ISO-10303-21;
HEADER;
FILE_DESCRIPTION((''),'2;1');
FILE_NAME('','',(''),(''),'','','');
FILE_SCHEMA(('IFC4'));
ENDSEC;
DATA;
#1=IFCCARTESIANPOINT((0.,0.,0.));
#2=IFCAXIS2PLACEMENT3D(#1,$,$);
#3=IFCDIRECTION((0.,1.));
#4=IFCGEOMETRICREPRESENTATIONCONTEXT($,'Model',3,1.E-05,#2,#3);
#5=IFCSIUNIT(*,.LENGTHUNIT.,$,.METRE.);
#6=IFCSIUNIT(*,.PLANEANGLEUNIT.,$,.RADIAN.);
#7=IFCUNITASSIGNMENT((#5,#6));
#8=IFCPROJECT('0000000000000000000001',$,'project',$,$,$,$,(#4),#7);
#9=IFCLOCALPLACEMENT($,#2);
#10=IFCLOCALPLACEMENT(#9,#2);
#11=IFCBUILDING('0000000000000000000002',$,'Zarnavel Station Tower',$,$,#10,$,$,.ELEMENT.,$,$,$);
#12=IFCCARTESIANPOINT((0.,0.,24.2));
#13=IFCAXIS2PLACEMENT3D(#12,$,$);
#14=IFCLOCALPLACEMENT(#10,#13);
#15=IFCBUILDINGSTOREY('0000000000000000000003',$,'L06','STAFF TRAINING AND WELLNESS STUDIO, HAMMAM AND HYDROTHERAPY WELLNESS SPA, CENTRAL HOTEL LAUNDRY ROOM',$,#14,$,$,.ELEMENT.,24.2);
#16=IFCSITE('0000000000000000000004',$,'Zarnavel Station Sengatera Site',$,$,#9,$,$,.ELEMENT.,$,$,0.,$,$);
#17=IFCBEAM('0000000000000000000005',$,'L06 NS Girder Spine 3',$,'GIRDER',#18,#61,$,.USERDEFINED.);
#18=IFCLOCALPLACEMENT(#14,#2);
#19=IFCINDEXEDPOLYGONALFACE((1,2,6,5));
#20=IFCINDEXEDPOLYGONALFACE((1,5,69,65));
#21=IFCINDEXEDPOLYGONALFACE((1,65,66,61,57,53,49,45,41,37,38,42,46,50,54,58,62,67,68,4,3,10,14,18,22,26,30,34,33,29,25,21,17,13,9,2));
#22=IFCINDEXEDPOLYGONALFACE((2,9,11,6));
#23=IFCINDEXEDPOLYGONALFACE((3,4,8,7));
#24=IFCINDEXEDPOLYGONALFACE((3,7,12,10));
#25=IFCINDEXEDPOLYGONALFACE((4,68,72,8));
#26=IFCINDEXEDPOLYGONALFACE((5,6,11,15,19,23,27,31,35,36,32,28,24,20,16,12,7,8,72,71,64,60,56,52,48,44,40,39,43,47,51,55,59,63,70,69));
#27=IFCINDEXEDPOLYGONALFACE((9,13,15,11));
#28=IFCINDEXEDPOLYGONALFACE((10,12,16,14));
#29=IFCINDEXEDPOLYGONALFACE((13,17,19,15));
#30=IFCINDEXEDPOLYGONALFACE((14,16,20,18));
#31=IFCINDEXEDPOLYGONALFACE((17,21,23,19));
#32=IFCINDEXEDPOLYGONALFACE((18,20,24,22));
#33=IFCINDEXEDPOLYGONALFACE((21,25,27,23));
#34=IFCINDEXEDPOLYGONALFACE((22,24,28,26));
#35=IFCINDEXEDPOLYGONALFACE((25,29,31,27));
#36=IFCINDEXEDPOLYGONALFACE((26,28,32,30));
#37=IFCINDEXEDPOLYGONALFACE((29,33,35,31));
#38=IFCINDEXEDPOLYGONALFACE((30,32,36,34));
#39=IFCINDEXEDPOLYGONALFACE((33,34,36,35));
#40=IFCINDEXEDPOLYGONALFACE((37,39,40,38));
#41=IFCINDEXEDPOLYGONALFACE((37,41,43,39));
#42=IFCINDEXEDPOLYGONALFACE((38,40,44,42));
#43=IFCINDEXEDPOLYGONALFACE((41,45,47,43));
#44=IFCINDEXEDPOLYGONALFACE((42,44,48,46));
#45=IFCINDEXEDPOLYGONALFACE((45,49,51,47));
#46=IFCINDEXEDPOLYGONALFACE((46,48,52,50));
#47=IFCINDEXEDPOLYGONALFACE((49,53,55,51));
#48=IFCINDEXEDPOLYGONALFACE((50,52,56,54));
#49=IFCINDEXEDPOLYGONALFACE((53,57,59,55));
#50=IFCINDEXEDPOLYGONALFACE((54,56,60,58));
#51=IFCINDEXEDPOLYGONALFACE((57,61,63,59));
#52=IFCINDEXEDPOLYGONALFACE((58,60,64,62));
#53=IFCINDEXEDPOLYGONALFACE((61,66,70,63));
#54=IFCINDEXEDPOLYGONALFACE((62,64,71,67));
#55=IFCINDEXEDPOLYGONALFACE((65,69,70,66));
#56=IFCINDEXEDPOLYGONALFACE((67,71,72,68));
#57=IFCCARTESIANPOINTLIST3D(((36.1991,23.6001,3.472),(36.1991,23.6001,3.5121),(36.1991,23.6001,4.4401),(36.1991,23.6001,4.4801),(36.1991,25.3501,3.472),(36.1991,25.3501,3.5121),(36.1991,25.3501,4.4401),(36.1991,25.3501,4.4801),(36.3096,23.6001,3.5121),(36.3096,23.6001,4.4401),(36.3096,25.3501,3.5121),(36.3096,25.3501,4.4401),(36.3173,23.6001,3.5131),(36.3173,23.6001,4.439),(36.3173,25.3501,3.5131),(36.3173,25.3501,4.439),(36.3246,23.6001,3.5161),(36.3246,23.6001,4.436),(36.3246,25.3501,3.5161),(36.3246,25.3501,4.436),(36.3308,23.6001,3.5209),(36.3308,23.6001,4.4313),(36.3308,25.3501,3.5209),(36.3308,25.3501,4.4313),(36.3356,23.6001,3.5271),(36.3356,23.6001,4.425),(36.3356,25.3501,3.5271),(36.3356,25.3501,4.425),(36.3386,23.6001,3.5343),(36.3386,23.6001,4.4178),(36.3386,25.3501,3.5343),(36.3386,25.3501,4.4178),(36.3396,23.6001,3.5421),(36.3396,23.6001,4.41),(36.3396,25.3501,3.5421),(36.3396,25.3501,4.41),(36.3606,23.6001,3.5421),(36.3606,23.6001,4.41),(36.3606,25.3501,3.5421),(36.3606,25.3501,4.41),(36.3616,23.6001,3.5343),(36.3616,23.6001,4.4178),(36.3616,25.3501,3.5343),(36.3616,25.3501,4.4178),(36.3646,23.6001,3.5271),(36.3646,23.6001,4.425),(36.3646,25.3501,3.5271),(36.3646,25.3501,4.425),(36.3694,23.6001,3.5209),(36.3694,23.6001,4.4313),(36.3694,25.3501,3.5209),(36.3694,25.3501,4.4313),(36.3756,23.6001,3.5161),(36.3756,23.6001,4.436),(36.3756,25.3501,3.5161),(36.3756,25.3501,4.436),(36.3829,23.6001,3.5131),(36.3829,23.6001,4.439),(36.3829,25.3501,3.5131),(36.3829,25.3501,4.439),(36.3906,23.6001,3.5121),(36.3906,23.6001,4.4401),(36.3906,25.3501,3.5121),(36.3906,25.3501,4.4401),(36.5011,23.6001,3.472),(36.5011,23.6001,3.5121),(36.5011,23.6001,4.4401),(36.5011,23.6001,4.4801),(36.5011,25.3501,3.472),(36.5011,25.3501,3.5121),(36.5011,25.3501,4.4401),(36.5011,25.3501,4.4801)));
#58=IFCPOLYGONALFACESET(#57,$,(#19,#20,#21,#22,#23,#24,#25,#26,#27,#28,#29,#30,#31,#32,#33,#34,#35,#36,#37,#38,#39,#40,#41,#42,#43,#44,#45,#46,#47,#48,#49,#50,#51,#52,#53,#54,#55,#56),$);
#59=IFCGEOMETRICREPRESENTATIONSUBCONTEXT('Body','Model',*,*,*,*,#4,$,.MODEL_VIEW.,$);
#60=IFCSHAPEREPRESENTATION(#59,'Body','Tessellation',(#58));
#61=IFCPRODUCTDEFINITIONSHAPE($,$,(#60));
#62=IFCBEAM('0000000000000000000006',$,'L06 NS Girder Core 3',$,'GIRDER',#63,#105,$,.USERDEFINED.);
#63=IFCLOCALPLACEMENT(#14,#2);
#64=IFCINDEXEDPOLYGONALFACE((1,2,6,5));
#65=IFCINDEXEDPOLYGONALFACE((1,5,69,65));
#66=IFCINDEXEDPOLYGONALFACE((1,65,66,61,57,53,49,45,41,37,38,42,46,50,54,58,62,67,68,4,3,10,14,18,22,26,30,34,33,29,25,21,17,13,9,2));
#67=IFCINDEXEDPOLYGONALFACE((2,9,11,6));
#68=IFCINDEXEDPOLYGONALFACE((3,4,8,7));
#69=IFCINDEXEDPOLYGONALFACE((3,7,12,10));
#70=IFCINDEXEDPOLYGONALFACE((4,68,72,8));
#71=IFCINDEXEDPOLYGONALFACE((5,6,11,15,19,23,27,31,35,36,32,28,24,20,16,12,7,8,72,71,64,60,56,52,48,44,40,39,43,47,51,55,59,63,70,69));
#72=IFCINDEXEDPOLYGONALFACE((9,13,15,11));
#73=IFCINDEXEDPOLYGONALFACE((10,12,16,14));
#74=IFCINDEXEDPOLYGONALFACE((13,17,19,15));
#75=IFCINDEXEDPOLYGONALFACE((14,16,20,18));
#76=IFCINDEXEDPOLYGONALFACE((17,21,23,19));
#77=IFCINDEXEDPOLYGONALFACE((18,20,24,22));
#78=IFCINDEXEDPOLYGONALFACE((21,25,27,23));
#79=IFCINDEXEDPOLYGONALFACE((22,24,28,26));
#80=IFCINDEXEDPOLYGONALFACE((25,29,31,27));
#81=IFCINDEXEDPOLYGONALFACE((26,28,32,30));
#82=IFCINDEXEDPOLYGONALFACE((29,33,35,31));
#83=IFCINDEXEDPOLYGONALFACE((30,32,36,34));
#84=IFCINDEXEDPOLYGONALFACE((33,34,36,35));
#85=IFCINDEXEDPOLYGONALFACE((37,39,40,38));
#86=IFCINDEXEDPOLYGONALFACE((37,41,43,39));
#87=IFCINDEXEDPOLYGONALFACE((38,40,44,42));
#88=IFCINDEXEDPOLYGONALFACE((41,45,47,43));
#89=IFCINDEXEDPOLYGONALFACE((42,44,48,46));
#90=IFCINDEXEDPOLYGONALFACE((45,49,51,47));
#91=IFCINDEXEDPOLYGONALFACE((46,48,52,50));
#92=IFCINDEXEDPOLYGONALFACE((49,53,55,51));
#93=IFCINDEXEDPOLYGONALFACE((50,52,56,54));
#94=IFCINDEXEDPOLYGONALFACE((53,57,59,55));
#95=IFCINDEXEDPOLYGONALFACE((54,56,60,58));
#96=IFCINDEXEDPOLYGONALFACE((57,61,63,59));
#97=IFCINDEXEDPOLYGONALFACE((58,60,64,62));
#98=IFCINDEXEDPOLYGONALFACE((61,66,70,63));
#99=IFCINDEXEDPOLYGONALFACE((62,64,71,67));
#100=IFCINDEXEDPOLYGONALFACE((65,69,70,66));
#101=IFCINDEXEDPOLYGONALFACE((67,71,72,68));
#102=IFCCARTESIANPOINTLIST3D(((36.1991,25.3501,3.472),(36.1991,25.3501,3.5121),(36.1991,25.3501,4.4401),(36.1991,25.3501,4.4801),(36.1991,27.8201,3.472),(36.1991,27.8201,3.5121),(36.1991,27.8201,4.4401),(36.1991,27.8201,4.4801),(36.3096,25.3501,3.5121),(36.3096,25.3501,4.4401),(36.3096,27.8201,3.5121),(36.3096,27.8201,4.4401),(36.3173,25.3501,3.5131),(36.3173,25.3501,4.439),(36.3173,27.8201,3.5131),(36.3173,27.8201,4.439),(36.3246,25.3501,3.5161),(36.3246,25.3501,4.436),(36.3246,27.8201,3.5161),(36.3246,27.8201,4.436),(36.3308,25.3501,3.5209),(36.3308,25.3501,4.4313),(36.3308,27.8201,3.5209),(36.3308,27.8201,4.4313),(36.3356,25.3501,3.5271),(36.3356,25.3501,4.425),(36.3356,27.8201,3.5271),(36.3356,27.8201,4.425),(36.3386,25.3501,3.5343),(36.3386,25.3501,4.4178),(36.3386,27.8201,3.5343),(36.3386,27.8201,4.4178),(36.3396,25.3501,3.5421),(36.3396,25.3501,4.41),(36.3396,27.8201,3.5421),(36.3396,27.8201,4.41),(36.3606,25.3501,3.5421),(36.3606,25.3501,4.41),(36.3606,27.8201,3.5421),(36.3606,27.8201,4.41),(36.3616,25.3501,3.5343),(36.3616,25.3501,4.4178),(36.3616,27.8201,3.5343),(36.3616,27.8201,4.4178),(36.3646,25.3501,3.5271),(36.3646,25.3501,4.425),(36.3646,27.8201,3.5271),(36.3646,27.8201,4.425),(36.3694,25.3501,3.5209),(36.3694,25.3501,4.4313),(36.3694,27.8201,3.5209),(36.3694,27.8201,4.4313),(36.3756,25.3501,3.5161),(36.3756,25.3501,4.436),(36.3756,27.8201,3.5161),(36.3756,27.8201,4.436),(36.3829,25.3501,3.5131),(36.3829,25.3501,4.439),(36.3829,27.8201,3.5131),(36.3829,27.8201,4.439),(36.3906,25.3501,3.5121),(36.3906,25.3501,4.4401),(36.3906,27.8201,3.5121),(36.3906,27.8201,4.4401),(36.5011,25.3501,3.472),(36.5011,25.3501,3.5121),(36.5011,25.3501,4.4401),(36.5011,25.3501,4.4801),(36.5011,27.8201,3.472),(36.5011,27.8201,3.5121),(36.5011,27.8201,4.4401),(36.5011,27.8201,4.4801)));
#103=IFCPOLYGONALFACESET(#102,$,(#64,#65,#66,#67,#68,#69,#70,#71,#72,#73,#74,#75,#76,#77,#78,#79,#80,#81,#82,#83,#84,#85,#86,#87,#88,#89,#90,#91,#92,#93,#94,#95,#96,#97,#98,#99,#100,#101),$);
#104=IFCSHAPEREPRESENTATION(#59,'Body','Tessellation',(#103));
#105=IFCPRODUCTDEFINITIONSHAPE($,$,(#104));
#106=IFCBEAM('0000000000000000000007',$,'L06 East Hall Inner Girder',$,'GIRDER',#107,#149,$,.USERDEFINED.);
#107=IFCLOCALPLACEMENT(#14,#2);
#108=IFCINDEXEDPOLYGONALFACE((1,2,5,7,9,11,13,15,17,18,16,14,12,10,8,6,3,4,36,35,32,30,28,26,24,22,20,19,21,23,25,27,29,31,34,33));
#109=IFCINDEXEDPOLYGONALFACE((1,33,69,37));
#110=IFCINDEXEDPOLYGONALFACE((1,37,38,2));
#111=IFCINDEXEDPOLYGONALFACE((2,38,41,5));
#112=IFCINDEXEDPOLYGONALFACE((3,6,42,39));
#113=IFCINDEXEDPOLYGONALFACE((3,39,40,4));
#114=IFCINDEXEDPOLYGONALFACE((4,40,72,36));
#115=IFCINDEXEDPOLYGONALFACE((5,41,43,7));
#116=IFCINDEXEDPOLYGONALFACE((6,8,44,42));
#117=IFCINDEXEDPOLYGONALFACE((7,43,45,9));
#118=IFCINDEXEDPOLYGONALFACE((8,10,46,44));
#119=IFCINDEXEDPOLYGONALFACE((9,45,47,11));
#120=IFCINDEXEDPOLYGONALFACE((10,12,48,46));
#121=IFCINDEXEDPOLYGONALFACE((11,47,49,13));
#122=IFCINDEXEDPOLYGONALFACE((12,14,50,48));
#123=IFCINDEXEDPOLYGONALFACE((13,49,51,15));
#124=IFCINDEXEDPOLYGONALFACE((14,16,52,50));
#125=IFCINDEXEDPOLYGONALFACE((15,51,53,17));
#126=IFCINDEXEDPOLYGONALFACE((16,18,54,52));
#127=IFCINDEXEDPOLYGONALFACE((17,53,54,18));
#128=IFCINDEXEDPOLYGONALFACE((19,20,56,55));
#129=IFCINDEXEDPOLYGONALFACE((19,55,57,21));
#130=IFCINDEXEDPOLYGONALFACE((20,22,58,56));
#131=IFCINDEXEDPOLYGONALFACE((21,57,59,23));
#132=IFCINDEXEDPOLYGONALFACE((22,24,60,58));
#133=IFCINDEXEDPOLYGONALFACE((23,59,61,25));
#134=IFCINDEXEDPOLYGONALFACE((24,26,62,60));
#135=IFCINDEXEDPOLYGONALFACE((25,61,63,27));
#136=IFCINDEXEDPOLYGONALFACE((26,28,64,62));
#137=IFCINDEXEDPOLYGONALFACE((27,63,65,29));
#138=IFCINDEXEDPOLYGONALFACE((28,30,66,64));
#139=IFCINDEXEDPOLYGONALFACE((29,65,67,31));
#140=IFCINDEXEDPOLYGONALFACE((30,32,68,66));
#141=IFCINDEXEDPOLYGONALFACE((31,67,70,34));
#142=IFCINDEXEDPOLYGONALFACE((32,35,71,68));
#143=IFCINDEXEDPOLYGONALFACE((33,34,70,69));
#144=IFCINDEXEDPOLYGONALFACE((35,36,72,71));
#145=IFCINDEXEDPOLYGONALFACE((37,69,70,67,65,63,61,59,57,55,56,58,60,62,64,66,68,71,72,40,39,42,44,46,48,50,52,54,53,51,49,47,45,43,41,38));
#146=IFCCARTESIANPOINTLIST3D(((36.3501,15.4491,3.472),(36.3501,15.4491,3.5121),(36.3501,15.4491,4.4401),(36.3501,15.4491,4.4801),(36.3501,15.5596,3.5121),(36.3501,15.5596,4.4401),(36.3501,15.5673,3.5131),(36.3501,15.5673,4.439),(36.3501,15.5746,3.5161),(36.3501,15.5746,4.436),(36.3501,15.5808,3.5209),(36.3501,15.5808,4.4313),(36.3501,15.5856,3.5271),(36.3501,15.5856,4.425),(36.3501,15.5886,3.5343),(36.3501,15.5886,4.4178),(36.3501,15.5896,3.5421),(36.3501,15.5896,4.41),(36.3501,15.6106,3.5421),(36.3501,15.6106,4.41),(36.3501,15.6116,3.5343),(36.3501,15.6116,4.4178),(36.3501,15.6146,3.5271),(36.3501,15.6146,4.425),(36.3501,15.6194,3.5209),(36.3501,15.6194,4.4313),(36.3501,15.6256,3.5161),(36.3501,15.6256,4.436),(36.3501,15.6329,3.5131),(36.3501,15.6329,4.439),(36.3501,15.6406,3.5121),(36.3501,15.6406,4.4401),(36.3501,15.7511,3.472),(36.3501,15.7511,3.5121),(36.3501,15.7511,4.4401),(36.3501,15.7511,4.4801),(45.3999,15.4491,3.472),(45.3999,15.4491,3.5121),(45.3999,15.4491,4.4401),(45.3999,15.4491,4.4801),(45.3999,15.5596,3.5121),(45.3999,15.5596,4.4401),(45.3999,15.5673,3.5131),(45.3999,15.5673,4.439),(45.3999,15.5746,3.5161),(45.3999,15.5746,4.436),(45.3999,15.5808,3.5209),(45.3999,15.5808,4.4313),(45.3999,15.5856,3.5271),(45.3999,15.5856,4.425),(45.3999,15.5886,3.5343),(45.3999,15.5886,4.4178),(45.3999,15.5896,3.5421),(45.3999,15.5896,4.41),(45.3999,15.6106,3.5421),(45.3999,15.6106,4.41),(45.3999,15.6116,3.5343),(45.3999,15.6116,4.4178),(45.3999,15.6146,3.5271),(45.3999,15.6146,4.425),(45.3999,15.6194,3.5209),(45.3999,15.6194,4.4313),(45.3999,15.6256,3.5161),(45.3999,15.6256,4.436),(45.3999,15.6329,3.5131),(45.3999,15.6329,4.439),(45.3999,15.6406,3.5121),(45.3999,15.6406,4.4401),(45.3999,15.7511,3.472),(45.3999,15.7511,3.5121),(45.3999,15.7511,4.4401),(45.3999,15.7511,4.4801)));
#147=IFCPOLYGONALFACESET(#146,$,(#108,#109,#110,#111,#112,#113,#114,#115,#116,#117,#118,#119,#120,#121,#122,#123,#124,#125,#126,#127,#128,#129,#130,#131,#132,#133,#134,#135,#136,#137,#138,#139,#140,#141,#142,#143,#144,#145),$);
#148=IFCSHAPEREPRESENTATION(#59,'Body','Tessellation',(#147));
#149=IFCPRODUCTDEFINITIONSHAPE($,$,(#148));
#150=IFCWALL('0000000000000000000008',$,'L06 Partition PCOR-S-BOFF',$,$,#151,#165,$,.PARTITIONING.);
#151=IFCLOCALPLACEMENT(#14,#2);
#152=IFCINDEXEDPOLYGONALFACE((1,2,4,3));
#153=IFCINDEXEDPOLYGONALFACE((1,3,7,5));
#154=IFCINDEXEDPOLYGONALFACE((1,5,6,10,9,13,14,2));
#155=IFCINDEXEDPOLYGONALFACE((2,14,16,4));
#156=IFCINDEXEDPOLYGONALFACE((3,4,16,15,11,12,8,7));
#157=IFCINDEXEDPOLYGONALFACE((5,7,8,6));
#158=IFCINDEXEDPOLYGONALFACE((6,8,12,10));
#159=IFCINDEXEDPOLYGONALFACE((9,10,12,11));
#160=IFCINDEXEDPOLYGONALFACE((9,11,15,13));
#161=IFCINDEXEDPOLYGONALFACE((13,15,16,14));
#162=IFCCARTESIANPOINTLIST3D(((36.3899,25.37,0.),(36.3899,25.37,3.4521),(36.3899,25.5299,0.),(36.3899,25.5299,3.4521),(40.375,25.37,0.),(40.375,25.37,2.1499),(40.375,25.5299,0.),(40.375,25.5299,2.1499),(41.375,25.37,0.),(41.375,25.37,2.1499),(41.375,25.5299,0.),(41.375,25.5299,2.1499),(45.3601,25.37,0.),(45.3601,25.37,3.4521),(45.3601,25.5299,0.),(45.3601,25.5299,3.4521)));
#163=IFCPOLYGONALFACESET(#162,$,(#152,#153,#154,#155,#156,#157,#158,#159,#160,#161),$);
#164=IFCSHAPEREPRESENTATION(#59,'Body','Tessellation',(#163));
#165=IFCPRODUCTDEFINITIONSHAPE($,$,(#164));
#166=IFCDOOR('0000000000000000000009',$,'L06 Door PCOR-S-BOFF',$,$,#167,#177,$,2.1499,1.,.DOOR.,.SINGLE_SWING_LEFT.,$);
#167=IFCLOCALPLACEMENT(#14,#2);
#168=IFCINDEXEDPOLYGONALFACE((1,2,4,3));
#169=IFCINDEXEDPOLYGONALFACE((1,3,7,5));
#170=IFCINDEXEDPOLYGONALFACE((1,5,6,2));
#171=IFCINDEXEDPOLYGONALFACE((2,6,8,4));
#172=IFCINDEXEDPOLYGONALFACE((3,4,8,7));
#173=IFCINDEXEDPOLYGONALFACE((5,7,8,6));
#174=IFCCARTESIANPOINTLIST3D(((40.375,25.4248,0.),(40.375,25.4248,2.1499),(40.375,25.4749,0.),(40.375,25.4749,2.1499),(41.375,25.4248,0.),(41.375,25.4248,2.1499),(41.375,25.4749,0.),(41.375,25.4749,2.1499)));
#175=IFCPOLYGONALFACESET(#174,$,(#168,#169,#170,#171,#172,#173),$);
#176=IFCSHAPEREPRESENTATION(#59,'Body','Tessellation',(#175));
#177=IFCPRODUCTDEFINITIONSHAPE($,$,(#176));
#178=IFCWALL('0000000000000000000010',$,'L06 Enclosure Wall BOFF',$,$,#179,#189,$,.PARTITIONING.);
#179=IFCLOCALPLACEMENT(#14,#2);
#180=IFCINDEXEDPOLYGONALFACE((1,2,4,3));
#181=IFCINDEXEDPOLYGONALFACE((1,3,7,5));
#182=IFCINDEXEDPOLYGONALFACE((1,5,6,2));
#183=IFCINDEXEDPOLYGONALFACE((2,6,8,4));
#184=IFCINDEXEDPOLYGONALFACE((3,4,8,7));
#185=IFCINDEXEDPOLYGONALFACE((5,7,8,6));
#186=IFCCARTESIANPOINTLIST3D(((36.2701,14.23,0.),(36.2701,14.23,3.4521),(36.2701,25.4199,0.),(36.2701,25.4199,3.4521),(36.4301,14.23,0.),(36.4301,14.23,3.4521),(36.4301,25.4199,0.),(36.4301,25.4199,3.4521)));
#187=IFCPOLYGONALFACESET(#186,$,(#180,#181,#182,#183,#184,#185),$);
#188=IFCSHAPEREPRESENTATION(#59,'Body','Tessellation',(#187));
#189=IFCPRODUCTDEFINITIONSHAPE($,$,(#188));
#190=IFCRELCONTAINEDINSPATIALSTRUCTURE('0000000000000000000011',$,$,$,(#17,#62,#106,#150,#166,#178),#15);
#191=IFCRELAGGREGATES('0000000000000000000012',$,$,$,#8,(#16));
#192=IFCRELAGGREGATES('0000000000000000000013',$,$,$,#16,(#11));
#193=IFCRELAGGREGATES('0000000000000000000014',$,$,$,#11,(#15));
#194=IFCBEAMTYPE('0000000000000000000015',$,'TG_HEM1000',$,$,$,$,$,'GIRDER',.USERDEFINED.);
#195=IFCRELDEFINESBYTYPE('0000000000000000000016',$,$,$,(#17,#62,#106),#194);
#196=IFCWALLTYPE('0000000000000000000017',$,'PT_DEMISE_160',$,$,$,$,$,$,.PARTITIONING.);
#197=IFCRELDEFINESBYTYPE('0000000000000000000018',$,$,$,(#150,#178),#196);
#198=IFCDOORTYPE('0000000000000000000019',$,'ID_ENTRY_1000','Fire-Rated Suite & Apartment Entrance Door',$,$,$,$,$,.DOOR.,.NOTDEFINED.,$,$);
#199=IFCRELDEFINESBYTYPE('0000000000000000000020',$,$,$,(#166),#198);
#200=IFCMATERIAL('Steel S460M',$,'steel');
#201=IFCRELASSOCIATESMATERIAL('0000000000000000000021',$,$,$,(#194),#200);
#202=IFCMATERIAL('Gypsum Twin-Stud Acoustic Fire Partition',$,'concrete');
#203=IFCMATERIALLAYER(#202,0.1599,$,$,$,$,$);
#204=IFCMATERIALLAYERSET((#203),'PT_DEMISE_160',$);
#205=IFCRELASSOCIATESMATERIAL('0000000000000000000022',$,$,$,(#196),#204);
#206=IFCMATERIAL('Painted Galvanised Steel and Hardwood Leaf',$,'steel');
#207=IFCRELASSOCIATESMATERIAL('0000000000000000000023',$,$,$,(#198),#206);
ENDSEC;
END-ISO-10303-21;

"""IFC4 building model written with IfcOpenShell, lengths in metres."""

from ifc_helpers import new_model, si_unit, direction, frame, frame_2d, origin, origin_2d, place, context, subcontext, project, spatial, rectangle, i_section, extrude, material, layer, layer_set, material_profile, profile_set, type_object, element, fill, save


model = new_model("IFC4")

# Units and contexts
model_context = context("Model", 3, precision=1e-05, world=origin(), true_north=direction((0.0, 1.0)))
body_context = subcontext(model_context, "Body", "Model", "MODEL_VIEW")
ifc_project = project(units=[si_unit("LENGTHUNIT", "METRE"), si_unit("PLANEANGLEUNIT", "RADIAN")], contexts=[model_context])

# Site, building, storey
site_placement = place(None, origin())
site = spatial("IfcSite", under=ifc_project, at=site_placement, Name="Zarnavel Station Sengatera Site", CompositionType="ELEMENT", RefElevation=0.0)
building_placement = place(site_placement, origin())
building = spatial("IfcBuilding", under=site, at=building_placement, Name="Zarnavel Station Tower", CompositionType="ELEMENT")
storey_placement = place(building_placement, frame((0.0, 0.0, 24.2)))
storey = spatial("IfcBuildingStorey", under=building, at=storey_placement, Name="L06", Description="STAFF TRAINING AND WELLNESS STUDIO, HAMMAM AND HYDROTHERAPY WELLNESS SPA, CENTRAL HOTEL LAUNDRY ROOM", CompositionType="ELEMENT", Elevation=24.2)

# Beams
ifc_material_1 = material(Name="Steel S460M", Category="steel")
ifc_material_profile_1 = material_profile(ifc_material_1, i_section(OverallWidth=0.302, OverallDepth=1.0081, WebThickness=0.021, FlangeThickness=0.04, FilletRadius=0.03, at=origin_2d()), Name="HEM1000")
ifc_profile_set_1 = profile_set([ifc_material_profile_1], Name="Steel S460M")
beam_type_1 = type_object("IfcBeamType", Name="TG_HEM1000", ElementType="GIRDER", PredefinedType="USERDEFINED", material=ifc_profile_set_1)
beam_1_placement = place(storey_placement, frame((36.3501, 23.6001, 3.9761), z_axis=(0.0, 1.0, 0.0), x_axis=(-1.0, 0.0, 0.0)))
element("IfcBeam", 1, at=beam_1_placement, inside=storey, type_object=beam_type_1, Name="L06 NS Girder Spine 3", ObjectType="GIRDER", PredefinedType="USERDEFINED", context=body_context, shape_type="SweptSolid", body=[
    extrude(i_section(OverallWidth=0.302, OverallDepth=1.0081, WebThickness=0.021, FlangeThickness=0.04, FilletRadius=0.03, at=origin_2d()), origin(), (0.0, 0.0, 1.0), 1.75),
])
beam_2_placement = place(storey_placement, frame((36.3501, 25.3501, 3.9761), z_axis=(0.0, 1.0, 0.0), x_axis=(-1.0, 0.0, 0.0)))
element("IfcBeam", 2, at=beam_2_placement, inside=storey, type_object=beam_type_1, Name="L06 NS Girder Core 3", ObjectType="GIRDER", PredefinedType="USERDEFINED", context=body_context, shape_type="SweptSolid", body=[
    extrude(i_section(OverallWidth=0.302, OverallDepth=1.0081, WebThickness=0.021, FlangeThickness=0.04, FilletRadius=0.03, at=origin_2d()), origin(), (0.0, 0.0, 1.0), 2.47),
])
beam_3_placement = place(storey_placement, frame((36.3501, 15.6001, 3.9761), z_axis=(1.0, 0.0, 0.0), x_axis=(0.0, 1.0, 0.0)))
element("IfcBeam", 3, at=beam_3_placement, inside=storey, type_object=beam_type_1, Name="L06 East Hall Inner Girder", ObjectType="GIRDER", PredefinedType="USERDEFINED", context=body_context, shape_type="SweptSolid", body=[
    extrude(i_section(OverallWidth=0.302, OverallDepth=1.0081, WebThickness=0.021, FlangeThickness=0.04, FilletRadius=0.03, at=origin_2d()), origin(), (0.0, 0.0, 1.0), 9.0498),
])

# Wall, opening, door
ifc_material_2 = material(Name="Gypsum Twin-Stud Acoustic Fire Partition", Category="concrete")
ifc_layer_1 = layer(ifc_material_2, 0.1599)
ifc_layer_set_1 = layer_set([ifc_layer_1], Name="PT_DEMISE_160")
wall_type_1 = type_object("IfcWallType", Name="PT_DEMISE_160", PredefinedType="PARTITIONING", material=ifc_layer_set_1)
wall_1_placement = place(storey_placement, frame((36.3899, 25.45, 0.0), z_axis=(0.0, 0.0, 1.0), x_axis=(1.0, 0.0, 0.0)))
wall_1 = element("IfcWall", 4, at=wall_1_placement, inside=storey, type_object=wall_type_1, Name="L06 Partition PCOR-S-BOFF", PredefinedType="PARTITIONING", context=body_context, shape_type="SweptSolid", body=[
    extrude(rectangle(XDim=8.9702, YDim=0.1599, at=frame_2d((4.4851, 0.0))), origin(), (0.0, 0.0, 1.0), 3.4521),
])
opening_1_placement = place(wall_1_placement, frame((3.9851, 0.0, 0.0)))
opening_1 = element("IfcOpeningElement", 5, at=opening_1_placement, cuts=wall_1, PredefinedType="OPENING", context=body_context, shape_type="SweptSolid", body=[
    extrude(rectangle(XDim=1.0, YDim=2.1499, at=frame_2d((0.5, 1.075))), frame((0.0, 0.0898, 0.0), z_axis=(0.0, -1.0, 0.0), x_axis=(1.0, 0.0, 0.0)), (0.0, 0.0, 1.0), 0.1799),
])
ifc_material_3 = material(Name="Painted Galvanised Steel and Hardwood Leaf", Category="steel")
door_type_1 = type_object("IfcDoorType", Name="ID_ENTRY_1000", Description="Fire-Rated Suite & Apartment Entrance Door", OperationType="NOTDEFINED", PredefinedType="DOOR", material=ifc_material_3)
door_1_placement = place(opening_1_placement, origin())
door_1 = element("IfcDoor", 6, at=door_1_placement, inside=storey, type_object=door_type_1, Name="L06 Door PCOR-S-BOFF", OperationType="SINGLE_SWING_LEFT", OverallHeight=2.1499, OverallWidth=1.0, PredefinedType="DOOR", context=body_context, shape_type="SweptSolid", body=[
    extrude(rectangle(XDim=1.0, YDim=2.1499, at=frame_2d((0.5, 1.075))), frame((0.0, 0.0249, 0.0), z_axis=(0.0, -1.0, 0.0), x_axis=(1.0, 0.0, 0.0)), (0.0, 0.0, 1.0), 0.05),
])
fill(opening_1, door_1)

# Wall
wall_2_placement = place(storey_placement, frame((36.3501, 14.23, 0.0), z_axis=(0.0, 0.0, 1.0), x_axis=(0.0, 1.0, 0.0)))
element("IfcWall", 7, at=wall_2_placement, inside=storey, type_object=wall_type_1, Name="L06 Enclosure Wall BOFF", PredefinedType="PARTITIONING", context=body_context, shape_type="SweptSolid", body=[
    extrude(rectangle(XDim=11.1899, YDim=0.1599, at=frame_2d((5.595, 0.0))), origin(), (0.0, 0.0, 1.0), 3.4521),
])

save(model, "model.ifc")
